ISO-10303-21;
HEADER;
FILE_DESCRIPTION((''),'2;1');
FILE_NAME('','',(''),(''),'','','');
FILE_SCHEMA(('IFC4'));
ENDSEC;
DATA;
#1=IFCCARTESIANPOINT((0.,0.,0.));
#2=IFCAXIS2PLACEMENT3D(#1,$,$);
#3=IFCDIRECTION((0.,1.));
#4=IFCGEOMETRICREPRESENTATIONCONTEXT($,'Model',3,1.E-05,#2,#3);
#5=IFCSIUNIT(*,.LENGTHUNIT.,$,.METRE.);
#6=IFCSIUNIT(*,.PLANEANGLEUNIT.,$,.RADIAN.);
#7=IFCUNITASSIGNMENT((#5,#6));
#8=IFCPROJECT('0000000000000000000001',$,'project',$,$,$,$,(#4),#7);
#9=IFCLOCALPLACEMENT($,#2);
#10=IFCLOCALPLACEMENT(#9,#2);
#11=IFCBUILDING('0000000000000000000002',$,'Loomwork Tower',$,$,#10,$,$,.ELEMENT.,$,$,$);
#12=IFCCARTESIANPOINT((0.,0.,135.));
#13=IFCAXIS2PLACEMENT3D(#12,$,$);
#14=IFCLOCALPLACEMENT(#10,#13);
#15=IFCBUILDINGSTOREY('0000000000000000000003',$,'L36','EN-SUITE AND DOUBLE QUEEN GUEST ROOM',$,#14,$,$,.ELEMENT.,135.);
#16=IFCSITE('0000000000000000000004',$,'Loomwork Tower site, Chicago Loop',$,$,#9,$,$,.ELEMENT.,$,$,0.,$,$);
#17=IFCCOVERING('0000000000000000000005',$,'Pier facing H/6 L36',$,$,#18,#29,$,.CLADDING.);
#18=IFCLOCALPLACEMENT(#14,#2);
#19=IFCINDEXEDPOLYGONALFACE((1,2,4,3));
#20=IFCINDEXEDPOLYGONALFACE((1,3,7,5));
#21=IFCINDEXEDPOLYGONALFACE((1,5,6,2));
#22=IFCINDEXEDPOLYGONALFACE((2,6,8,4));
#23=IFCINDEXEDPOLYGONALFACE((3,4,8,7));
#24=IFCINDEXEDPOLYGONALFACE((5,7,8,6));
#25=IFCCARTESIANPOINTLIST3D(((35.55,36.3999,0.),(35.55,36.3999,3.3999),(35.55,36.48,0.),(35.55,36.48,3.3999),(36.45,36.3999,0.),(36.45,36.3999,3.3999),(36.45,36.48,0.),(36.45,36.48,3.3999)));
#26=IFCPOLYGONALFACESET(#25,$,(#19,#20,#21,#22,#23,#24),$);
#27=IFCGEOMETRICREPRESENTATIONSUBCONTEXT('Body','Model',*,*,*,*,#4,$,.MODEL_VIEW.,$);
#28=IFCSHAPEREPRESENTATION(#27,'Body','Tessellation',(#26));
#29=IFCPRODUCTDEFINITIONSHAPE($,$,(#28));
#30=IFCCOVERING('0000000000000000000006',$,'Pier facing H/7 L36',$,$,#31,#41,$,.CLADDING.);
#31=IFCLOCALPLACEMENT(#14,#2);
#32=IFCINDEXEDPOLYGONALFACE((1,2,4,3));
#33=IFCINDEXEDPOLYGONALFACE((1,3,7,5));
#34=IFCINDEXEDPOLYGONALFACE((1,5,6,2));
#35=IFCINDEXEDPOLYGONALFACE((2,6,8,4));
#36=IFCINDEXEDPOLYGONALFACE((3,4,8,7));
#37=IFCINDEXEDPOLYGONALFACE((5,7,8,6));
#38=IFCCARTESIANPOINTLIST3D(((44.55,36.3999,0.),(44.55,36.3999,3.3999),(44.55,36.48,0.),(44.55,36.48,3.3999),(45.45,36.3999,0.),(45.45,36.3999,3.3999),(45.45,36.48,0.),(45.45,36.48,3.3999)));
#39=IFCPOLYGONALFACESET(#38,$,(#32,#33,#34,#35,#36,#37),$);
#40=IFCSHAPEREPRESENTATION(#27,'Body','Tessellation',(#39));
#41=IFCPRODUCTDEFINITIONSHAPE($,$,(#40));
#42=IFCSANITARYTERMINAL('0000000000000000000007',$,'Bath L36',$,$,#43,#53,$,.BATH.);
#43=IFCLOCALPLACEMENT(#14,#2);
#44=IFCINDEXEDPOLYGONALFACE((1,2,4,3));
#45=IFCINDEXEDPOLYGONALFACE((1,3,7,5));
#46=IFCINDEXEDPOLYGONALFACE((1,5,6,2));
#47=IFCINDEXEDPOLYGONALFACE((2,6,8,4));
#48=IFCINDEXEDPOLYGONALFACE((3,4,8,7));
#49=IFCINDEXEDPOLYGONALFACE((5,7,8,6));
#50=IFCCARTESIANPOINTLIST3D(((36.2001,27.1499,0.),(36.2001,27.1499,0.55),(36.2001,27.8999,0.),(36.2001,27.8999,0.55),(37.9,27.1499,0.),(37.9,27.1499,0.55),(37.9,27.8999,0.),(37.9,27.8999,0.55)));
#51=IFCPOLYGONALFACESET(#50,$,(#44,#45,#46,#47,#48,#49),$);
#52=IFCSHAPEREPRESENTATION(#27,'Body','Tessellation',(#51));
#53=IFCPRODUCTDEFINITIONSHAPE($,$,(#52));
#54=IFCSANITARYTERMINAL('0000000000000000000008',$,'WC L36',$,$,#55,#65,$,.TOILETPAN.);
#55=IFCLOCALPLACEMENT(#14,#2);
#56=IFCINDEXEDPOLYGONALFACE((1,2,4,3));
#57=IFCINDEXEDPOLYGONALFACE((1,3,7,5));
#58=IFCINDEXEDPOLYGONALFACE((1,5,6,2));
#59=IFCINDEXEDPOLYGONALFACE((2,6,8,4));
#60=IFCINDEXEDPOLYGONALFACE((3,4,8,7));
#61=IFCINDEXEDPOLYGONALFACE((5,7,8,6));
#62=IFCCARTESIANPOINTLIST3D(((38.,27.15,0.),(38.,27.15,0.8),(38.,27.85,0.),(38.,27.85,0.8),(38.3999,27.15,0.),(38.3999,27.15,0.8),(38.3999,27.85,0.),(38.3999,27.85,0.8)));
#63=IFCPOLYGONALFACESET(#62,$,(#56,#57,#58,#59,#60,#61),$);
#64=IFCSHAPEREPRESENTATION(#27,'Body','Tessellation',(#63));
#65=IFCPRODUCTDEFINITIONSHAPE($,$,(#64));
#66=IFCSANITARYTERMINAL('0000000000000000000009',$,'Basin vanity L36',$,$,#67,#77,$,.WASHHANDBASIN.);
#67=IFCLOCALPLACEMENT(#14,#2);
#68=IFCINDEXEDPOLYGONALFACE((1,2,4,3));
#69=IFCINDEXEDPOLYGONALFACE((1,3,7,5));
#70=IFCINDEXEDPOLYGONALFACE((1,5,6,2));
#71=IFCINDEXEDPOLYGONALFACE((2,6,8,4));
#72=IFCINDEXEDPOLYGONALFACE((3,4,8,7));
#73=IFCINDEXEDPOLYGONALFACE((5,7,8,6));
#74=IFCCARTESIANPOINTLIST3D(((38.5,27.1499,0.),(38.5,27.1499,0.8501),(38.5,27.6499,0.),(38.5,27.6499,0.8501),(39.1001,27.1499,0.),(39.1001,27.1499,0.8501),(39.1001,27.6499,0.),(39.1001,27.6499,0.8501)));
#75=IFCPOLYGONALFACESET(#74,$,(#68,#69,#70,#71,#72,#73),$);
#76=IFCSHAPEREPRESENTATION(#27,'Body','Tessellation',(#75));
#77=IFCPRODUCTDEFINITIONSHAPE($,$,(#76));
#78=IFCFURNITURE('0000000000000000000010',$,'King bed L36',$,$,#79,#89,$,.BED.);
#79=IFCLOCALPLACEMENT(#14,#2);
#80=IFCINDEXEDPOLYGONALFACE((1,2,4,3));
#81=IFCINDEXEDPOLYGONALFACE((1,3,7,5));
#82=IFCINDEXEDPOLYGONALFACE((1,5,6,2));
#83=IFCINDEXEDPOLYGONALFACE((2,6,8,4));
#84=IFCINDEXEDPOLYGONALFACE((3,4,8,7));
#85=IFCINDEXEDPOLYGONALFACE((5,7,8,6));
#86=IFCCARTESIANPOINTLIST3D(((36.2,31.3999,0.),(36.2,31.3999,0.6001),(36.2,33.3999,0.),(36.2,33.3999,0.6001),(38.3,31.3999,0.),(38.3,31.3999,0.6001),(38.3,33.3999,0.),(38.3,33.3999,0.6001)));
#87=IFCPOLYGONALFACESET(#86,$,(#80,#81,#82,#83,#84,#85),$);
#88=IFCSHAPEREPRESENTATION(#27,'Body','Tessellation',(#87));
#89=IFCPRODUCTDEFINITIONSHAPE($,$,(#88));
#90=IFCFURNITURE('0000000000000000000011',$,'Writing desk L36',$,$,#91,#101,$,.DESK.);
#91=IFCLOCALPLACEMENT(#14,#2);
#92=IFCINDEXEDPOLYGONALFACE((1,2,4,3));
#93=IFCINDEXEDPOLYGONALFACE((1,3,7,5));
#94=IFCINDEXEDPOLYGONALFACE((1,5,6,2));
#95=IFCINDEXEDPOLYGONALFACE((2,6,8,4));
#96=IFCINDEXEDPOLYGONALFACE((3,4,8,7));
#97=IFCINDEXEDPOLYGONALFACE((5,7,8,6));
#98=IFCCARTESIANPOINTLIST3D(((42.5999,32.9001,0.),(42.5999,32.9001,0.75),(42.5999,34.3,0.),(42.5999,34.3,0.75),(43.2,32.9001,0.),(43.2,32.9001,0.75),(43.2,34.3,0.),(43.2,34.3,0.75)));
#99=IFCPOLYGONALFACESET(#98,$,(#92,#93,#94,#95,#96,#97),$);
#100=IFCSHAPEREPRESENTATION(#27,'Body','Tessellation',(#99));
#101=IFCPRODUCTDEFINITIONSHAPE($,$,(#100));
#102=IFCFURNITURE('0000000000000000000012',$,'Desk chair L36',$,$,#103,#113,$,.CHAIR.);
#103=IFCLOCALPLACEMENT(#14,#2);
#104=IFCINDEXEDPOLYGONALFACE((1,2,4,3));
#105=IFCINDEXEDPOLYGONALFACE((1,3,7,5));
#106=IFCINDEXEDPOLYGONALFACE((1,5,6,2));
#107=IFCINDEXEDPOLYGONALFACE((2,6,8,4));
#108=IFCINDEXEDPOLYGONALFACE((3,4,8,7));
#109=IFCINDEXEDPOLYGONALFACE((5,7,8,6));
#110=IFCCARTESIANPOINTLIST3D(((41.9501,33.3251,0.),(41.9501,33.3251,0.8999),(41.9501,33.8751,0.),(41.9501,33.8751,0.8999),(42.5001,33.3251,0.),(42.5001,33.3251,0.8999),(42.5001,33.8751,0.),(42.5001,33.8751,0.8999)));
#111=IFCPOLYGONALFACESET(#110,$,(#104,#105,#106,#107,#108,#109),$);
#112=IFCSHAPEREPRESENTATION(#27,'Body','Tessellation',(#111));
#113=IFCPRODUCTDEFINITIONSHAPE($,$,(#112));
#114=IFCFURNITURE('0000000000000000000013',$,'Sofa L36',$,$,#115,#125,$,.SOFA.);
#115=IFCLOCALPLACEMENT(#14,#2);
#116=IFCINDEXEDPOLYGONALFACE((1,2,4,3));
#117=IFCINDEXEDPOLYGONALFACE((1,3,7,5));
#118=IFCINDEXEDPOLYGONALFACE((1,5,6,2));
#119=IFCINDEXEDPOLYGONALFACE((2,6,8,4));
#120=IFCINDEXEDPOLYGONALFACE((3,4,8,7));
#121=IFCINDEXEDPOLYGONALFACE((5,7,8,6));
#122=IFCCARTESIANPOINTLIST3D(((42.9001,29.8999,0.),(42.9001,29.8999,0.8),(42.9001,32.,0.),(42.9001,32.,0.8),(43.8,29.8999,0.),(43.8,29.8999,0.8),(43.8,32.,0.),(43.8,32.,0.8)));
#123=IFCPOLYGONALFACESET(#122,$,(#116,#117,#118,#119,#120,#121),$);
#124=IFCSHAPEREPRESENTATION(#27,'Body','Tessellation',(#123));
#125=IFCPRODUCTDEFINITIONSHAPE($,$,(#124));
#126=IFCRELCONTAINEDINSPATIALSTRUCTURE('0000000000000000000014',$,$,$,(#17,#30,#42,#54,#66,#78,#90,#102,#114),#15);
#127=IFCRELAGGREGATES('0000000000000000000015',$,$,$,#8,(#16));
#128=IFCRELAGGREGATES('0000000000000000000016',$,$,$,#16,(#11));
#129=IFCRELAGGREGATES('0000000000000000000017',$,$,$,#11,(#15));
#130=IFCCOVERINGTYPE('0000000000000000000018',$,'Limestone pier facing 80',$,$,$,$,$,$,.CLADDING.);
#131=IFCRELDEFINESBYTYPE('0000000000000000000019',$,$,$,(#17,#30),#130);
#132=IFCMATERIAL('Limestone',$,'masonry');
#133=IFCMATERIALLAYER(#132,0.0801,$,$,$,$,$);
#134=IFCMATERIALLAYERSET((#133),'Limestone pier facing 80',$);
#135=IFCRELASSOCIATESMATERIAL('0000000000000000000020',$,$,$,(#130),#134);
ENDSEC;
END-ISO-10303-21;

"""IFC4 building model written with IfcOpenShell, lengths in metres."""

from ifc_helpers import new_model, si_unit, direction, frame, origin, origin_2d, place, context, subcontext, project, spatial, rectangle, extrude, material, layer, layer_set, type_object, element, save


model = new_model("IFC4")

# Units and contexts
model_context = context("Model", 3, precision=1e-05, world=origin(), true_north=direction((0.0, 1.0)))
body_context = subcontext(model_context, "Body", "Model", "MODEL_VIEW")
ifc_project = project(units=[si_unit("LENGTHUNIT", "METRE"), si_unit("PLANEANGLEUNIT", "RADIAN")], contexts=[model_context])

# Site, building, storey
site_placement = place(None, origin())
site = spatial("IfcSite", under=ifc_project, at=site_placement, Name="Loomwork Tower site, Chicago Loop", CompositionType="ELEMENT", RefElevation=0.0)
building_placement = place(site_placement, origin())
building = spatial("IfcBuilding", under=site, at=building_placement, Name="Loomwork Tower", CompositionType="ELEMENT")
storey_placement = place(building_placement, frame((0.0, 0.0, 135.0)))
storey = spatial("IfcBuildingStorey", under=building, at=storey_placement, Name="L36", Description="EN-SUITE AND DOUBLE QUEEN GUEST ROOM", CompositionType="ELEMENT", Elevation=135.0)

# Coverings
ifc_material_1 = material(Name="Limestone", Category="masonry")
ifc_layer_1 = layer(ifc_material_1, 0.0801)
ifc_layer_set_1 = layer_set([ifc_layer_1], Name="Limestone pier facing 80")
covering_type = type_object("IfcCoveringType", Name="Limestone pier facing 80", PredefinedType="CLADDING", material=ifc_layer_set_1)
for number, where, z_axis, x_axis, name in (
    (1, (36.0, 36.4399, 0.0), (0.0, 0.0, 1.0), (1.0, 0.0, 0.0), "Pier facing H/6 L36"),
    (2, (45.0, 36.4399, 0.0), (0.0, 0.0, 1.0), (1.0, 0.0, 0.0), "Pier facing H/7 L36"),
):
    element("IfcCovering", number, at=place(storey_placement, frame(where, z_axis=z_axis, x_axis=x_axis)), inside=storey, type_object=covering_type, Name=name, PredefinedType="CLADDING", context=body_context, shape_type="SweptSolid", body=[
        extrude(rectangle(XDim=0.8999, YDim=0.0801, at=origin_2d()), origin(), (0.0, 0.0, 1.0), 3.3999),
    ])

# Sanitary terminals
sanitary_terminal_1_placement = place(storey_placement, frame((37.05, 27.5249, 0.0), z_axis=(0.0, 0.0, 1.0), x_axis=(1.0, 0.0, 0.0)))
element("IfcSanitaryTerminal", 3, at=sanitary_terminal_1_placement, inside=storey, Name="Bath L36", PredefinedType="BATH", context=body_context, shape_type="SweptSolid", body=[
    extrude(rectangle(XDim=1.7, YDim=0.75, at=origin_2d()), origin(), (0.0, 0.0, 1.0), 0.55),
])
sanitary_terminal_2_placement = place(storey_placement, frame((38.2, 27.5, 0.0), z_axis=(0.0, 0.0, 1.0), x_axis=(1.0, 0.0, 0.0)))
element("IfcSanitaryTerminal", 4, at=sanitary_terminal_2_placement, inside=storey, Name="WC L36", PredefinedType="TOILETPAN", context=body_context, shape_type="SweptSolid", body=[
    extrude(rectangle(XDim=0.3999, YDim=0.7, at=origin_2d()), origin(), (0.0, 0.0, 1.0), 0.8),
])
sanitary_terminal_3_placement = place(storey_placement, frame((38.8, 27.3999, 0.0), z_axis=(0.0, 0.0, 1.0), x_axis=(1.0, 0.0, 0.0)))
element("IfcSanitaryTerminal", 5, at=sanitary_terminal_3_placement, inside=storey, Name="Basin vanity L36", PredefinedType="WASHHANDBASIN", context=body_context, shape_type="SweptSolid", body=[
    extrude(rectangle(XDim=0.6001, YDim=0.5, at=origin_2d()), origin(), (0.0, 0.0, 1.0), 0.8501),
])

# Furniture
furniture_1_placement = place(storey_placement, frame((37.25, 32.3999, 0.0), z_axis=(0.0, 0.0, 1.0), x_axis=(1.0, 0.0, 0.0)))
element("IfcFurniture", 6, at=furniture_1_placement, inside=storey, Name="King bed L36", PredefinedType="BED", context=body_context, shape_type="SweptSolid", body=[
    extrude(rectangle(XDim=2.1001, YDim=2.0, at=origin_2d()), origin(), (0.0, 0.0, 1.0), 0.6001),
])
furniture_2_placement = place(storey_placement, frame((42.8999, 33.6001, 0.0), z_axis=(0.0, 0.0, 1.0), x_axis=(1.0, 0.0, 0.0)))
element("IfcFurniture", 7, at=furniture_2_placement, inside=storey, Name="Writing desk L36", PredefinedType="DESK", context=body_context, shape_type="SweptSolid", body=[
    extrude(rectangle(XDim=0.6001, YDim=1.3999, at=origin_2d()), origin(), (0.0, 0.0, 1.0), 0.75),
])
furniture_3_placement = place(storey_placement, frame((42.2251, 33.6001, 0.0), z_axis=(0.0, 0.0, 1.0), x_axis=(1.0, 0.0, 0.0)))
element("IfcFurniture", 8, at=furniture_3_placement, inside=storey, Name="Desk chair L36", PredefinedType="CHAIR", context=body_context, shape_type="SweptSolid", body=[
    extrude(rectangle(XDim=0.55, YDim=0.55, at=origin_2d()), origin(), (0.0, 0.0, 1.0), 0.8999),
])
furniture_4_placement = place(storey_placement, frame((43.3501, 30.95, 0.0), z_axis=(0.0, 0.0, 1.0), x_axis=(1.0, 0.0, 0.0)))
element("IfcFurniture", 9, at=furniture_4_placement, inside=storey, Name="Sofa L36", PredefinedType="SOFA", context=body_context, shape_type="SweptSolid", body=[
    extrude(rectangle(XDim=0.8999, YDim=2.1001, at=origin_2d()), origin(), (0.0, 0.0, 1.0), 0.8),
])

save(model, "model.ifc")
